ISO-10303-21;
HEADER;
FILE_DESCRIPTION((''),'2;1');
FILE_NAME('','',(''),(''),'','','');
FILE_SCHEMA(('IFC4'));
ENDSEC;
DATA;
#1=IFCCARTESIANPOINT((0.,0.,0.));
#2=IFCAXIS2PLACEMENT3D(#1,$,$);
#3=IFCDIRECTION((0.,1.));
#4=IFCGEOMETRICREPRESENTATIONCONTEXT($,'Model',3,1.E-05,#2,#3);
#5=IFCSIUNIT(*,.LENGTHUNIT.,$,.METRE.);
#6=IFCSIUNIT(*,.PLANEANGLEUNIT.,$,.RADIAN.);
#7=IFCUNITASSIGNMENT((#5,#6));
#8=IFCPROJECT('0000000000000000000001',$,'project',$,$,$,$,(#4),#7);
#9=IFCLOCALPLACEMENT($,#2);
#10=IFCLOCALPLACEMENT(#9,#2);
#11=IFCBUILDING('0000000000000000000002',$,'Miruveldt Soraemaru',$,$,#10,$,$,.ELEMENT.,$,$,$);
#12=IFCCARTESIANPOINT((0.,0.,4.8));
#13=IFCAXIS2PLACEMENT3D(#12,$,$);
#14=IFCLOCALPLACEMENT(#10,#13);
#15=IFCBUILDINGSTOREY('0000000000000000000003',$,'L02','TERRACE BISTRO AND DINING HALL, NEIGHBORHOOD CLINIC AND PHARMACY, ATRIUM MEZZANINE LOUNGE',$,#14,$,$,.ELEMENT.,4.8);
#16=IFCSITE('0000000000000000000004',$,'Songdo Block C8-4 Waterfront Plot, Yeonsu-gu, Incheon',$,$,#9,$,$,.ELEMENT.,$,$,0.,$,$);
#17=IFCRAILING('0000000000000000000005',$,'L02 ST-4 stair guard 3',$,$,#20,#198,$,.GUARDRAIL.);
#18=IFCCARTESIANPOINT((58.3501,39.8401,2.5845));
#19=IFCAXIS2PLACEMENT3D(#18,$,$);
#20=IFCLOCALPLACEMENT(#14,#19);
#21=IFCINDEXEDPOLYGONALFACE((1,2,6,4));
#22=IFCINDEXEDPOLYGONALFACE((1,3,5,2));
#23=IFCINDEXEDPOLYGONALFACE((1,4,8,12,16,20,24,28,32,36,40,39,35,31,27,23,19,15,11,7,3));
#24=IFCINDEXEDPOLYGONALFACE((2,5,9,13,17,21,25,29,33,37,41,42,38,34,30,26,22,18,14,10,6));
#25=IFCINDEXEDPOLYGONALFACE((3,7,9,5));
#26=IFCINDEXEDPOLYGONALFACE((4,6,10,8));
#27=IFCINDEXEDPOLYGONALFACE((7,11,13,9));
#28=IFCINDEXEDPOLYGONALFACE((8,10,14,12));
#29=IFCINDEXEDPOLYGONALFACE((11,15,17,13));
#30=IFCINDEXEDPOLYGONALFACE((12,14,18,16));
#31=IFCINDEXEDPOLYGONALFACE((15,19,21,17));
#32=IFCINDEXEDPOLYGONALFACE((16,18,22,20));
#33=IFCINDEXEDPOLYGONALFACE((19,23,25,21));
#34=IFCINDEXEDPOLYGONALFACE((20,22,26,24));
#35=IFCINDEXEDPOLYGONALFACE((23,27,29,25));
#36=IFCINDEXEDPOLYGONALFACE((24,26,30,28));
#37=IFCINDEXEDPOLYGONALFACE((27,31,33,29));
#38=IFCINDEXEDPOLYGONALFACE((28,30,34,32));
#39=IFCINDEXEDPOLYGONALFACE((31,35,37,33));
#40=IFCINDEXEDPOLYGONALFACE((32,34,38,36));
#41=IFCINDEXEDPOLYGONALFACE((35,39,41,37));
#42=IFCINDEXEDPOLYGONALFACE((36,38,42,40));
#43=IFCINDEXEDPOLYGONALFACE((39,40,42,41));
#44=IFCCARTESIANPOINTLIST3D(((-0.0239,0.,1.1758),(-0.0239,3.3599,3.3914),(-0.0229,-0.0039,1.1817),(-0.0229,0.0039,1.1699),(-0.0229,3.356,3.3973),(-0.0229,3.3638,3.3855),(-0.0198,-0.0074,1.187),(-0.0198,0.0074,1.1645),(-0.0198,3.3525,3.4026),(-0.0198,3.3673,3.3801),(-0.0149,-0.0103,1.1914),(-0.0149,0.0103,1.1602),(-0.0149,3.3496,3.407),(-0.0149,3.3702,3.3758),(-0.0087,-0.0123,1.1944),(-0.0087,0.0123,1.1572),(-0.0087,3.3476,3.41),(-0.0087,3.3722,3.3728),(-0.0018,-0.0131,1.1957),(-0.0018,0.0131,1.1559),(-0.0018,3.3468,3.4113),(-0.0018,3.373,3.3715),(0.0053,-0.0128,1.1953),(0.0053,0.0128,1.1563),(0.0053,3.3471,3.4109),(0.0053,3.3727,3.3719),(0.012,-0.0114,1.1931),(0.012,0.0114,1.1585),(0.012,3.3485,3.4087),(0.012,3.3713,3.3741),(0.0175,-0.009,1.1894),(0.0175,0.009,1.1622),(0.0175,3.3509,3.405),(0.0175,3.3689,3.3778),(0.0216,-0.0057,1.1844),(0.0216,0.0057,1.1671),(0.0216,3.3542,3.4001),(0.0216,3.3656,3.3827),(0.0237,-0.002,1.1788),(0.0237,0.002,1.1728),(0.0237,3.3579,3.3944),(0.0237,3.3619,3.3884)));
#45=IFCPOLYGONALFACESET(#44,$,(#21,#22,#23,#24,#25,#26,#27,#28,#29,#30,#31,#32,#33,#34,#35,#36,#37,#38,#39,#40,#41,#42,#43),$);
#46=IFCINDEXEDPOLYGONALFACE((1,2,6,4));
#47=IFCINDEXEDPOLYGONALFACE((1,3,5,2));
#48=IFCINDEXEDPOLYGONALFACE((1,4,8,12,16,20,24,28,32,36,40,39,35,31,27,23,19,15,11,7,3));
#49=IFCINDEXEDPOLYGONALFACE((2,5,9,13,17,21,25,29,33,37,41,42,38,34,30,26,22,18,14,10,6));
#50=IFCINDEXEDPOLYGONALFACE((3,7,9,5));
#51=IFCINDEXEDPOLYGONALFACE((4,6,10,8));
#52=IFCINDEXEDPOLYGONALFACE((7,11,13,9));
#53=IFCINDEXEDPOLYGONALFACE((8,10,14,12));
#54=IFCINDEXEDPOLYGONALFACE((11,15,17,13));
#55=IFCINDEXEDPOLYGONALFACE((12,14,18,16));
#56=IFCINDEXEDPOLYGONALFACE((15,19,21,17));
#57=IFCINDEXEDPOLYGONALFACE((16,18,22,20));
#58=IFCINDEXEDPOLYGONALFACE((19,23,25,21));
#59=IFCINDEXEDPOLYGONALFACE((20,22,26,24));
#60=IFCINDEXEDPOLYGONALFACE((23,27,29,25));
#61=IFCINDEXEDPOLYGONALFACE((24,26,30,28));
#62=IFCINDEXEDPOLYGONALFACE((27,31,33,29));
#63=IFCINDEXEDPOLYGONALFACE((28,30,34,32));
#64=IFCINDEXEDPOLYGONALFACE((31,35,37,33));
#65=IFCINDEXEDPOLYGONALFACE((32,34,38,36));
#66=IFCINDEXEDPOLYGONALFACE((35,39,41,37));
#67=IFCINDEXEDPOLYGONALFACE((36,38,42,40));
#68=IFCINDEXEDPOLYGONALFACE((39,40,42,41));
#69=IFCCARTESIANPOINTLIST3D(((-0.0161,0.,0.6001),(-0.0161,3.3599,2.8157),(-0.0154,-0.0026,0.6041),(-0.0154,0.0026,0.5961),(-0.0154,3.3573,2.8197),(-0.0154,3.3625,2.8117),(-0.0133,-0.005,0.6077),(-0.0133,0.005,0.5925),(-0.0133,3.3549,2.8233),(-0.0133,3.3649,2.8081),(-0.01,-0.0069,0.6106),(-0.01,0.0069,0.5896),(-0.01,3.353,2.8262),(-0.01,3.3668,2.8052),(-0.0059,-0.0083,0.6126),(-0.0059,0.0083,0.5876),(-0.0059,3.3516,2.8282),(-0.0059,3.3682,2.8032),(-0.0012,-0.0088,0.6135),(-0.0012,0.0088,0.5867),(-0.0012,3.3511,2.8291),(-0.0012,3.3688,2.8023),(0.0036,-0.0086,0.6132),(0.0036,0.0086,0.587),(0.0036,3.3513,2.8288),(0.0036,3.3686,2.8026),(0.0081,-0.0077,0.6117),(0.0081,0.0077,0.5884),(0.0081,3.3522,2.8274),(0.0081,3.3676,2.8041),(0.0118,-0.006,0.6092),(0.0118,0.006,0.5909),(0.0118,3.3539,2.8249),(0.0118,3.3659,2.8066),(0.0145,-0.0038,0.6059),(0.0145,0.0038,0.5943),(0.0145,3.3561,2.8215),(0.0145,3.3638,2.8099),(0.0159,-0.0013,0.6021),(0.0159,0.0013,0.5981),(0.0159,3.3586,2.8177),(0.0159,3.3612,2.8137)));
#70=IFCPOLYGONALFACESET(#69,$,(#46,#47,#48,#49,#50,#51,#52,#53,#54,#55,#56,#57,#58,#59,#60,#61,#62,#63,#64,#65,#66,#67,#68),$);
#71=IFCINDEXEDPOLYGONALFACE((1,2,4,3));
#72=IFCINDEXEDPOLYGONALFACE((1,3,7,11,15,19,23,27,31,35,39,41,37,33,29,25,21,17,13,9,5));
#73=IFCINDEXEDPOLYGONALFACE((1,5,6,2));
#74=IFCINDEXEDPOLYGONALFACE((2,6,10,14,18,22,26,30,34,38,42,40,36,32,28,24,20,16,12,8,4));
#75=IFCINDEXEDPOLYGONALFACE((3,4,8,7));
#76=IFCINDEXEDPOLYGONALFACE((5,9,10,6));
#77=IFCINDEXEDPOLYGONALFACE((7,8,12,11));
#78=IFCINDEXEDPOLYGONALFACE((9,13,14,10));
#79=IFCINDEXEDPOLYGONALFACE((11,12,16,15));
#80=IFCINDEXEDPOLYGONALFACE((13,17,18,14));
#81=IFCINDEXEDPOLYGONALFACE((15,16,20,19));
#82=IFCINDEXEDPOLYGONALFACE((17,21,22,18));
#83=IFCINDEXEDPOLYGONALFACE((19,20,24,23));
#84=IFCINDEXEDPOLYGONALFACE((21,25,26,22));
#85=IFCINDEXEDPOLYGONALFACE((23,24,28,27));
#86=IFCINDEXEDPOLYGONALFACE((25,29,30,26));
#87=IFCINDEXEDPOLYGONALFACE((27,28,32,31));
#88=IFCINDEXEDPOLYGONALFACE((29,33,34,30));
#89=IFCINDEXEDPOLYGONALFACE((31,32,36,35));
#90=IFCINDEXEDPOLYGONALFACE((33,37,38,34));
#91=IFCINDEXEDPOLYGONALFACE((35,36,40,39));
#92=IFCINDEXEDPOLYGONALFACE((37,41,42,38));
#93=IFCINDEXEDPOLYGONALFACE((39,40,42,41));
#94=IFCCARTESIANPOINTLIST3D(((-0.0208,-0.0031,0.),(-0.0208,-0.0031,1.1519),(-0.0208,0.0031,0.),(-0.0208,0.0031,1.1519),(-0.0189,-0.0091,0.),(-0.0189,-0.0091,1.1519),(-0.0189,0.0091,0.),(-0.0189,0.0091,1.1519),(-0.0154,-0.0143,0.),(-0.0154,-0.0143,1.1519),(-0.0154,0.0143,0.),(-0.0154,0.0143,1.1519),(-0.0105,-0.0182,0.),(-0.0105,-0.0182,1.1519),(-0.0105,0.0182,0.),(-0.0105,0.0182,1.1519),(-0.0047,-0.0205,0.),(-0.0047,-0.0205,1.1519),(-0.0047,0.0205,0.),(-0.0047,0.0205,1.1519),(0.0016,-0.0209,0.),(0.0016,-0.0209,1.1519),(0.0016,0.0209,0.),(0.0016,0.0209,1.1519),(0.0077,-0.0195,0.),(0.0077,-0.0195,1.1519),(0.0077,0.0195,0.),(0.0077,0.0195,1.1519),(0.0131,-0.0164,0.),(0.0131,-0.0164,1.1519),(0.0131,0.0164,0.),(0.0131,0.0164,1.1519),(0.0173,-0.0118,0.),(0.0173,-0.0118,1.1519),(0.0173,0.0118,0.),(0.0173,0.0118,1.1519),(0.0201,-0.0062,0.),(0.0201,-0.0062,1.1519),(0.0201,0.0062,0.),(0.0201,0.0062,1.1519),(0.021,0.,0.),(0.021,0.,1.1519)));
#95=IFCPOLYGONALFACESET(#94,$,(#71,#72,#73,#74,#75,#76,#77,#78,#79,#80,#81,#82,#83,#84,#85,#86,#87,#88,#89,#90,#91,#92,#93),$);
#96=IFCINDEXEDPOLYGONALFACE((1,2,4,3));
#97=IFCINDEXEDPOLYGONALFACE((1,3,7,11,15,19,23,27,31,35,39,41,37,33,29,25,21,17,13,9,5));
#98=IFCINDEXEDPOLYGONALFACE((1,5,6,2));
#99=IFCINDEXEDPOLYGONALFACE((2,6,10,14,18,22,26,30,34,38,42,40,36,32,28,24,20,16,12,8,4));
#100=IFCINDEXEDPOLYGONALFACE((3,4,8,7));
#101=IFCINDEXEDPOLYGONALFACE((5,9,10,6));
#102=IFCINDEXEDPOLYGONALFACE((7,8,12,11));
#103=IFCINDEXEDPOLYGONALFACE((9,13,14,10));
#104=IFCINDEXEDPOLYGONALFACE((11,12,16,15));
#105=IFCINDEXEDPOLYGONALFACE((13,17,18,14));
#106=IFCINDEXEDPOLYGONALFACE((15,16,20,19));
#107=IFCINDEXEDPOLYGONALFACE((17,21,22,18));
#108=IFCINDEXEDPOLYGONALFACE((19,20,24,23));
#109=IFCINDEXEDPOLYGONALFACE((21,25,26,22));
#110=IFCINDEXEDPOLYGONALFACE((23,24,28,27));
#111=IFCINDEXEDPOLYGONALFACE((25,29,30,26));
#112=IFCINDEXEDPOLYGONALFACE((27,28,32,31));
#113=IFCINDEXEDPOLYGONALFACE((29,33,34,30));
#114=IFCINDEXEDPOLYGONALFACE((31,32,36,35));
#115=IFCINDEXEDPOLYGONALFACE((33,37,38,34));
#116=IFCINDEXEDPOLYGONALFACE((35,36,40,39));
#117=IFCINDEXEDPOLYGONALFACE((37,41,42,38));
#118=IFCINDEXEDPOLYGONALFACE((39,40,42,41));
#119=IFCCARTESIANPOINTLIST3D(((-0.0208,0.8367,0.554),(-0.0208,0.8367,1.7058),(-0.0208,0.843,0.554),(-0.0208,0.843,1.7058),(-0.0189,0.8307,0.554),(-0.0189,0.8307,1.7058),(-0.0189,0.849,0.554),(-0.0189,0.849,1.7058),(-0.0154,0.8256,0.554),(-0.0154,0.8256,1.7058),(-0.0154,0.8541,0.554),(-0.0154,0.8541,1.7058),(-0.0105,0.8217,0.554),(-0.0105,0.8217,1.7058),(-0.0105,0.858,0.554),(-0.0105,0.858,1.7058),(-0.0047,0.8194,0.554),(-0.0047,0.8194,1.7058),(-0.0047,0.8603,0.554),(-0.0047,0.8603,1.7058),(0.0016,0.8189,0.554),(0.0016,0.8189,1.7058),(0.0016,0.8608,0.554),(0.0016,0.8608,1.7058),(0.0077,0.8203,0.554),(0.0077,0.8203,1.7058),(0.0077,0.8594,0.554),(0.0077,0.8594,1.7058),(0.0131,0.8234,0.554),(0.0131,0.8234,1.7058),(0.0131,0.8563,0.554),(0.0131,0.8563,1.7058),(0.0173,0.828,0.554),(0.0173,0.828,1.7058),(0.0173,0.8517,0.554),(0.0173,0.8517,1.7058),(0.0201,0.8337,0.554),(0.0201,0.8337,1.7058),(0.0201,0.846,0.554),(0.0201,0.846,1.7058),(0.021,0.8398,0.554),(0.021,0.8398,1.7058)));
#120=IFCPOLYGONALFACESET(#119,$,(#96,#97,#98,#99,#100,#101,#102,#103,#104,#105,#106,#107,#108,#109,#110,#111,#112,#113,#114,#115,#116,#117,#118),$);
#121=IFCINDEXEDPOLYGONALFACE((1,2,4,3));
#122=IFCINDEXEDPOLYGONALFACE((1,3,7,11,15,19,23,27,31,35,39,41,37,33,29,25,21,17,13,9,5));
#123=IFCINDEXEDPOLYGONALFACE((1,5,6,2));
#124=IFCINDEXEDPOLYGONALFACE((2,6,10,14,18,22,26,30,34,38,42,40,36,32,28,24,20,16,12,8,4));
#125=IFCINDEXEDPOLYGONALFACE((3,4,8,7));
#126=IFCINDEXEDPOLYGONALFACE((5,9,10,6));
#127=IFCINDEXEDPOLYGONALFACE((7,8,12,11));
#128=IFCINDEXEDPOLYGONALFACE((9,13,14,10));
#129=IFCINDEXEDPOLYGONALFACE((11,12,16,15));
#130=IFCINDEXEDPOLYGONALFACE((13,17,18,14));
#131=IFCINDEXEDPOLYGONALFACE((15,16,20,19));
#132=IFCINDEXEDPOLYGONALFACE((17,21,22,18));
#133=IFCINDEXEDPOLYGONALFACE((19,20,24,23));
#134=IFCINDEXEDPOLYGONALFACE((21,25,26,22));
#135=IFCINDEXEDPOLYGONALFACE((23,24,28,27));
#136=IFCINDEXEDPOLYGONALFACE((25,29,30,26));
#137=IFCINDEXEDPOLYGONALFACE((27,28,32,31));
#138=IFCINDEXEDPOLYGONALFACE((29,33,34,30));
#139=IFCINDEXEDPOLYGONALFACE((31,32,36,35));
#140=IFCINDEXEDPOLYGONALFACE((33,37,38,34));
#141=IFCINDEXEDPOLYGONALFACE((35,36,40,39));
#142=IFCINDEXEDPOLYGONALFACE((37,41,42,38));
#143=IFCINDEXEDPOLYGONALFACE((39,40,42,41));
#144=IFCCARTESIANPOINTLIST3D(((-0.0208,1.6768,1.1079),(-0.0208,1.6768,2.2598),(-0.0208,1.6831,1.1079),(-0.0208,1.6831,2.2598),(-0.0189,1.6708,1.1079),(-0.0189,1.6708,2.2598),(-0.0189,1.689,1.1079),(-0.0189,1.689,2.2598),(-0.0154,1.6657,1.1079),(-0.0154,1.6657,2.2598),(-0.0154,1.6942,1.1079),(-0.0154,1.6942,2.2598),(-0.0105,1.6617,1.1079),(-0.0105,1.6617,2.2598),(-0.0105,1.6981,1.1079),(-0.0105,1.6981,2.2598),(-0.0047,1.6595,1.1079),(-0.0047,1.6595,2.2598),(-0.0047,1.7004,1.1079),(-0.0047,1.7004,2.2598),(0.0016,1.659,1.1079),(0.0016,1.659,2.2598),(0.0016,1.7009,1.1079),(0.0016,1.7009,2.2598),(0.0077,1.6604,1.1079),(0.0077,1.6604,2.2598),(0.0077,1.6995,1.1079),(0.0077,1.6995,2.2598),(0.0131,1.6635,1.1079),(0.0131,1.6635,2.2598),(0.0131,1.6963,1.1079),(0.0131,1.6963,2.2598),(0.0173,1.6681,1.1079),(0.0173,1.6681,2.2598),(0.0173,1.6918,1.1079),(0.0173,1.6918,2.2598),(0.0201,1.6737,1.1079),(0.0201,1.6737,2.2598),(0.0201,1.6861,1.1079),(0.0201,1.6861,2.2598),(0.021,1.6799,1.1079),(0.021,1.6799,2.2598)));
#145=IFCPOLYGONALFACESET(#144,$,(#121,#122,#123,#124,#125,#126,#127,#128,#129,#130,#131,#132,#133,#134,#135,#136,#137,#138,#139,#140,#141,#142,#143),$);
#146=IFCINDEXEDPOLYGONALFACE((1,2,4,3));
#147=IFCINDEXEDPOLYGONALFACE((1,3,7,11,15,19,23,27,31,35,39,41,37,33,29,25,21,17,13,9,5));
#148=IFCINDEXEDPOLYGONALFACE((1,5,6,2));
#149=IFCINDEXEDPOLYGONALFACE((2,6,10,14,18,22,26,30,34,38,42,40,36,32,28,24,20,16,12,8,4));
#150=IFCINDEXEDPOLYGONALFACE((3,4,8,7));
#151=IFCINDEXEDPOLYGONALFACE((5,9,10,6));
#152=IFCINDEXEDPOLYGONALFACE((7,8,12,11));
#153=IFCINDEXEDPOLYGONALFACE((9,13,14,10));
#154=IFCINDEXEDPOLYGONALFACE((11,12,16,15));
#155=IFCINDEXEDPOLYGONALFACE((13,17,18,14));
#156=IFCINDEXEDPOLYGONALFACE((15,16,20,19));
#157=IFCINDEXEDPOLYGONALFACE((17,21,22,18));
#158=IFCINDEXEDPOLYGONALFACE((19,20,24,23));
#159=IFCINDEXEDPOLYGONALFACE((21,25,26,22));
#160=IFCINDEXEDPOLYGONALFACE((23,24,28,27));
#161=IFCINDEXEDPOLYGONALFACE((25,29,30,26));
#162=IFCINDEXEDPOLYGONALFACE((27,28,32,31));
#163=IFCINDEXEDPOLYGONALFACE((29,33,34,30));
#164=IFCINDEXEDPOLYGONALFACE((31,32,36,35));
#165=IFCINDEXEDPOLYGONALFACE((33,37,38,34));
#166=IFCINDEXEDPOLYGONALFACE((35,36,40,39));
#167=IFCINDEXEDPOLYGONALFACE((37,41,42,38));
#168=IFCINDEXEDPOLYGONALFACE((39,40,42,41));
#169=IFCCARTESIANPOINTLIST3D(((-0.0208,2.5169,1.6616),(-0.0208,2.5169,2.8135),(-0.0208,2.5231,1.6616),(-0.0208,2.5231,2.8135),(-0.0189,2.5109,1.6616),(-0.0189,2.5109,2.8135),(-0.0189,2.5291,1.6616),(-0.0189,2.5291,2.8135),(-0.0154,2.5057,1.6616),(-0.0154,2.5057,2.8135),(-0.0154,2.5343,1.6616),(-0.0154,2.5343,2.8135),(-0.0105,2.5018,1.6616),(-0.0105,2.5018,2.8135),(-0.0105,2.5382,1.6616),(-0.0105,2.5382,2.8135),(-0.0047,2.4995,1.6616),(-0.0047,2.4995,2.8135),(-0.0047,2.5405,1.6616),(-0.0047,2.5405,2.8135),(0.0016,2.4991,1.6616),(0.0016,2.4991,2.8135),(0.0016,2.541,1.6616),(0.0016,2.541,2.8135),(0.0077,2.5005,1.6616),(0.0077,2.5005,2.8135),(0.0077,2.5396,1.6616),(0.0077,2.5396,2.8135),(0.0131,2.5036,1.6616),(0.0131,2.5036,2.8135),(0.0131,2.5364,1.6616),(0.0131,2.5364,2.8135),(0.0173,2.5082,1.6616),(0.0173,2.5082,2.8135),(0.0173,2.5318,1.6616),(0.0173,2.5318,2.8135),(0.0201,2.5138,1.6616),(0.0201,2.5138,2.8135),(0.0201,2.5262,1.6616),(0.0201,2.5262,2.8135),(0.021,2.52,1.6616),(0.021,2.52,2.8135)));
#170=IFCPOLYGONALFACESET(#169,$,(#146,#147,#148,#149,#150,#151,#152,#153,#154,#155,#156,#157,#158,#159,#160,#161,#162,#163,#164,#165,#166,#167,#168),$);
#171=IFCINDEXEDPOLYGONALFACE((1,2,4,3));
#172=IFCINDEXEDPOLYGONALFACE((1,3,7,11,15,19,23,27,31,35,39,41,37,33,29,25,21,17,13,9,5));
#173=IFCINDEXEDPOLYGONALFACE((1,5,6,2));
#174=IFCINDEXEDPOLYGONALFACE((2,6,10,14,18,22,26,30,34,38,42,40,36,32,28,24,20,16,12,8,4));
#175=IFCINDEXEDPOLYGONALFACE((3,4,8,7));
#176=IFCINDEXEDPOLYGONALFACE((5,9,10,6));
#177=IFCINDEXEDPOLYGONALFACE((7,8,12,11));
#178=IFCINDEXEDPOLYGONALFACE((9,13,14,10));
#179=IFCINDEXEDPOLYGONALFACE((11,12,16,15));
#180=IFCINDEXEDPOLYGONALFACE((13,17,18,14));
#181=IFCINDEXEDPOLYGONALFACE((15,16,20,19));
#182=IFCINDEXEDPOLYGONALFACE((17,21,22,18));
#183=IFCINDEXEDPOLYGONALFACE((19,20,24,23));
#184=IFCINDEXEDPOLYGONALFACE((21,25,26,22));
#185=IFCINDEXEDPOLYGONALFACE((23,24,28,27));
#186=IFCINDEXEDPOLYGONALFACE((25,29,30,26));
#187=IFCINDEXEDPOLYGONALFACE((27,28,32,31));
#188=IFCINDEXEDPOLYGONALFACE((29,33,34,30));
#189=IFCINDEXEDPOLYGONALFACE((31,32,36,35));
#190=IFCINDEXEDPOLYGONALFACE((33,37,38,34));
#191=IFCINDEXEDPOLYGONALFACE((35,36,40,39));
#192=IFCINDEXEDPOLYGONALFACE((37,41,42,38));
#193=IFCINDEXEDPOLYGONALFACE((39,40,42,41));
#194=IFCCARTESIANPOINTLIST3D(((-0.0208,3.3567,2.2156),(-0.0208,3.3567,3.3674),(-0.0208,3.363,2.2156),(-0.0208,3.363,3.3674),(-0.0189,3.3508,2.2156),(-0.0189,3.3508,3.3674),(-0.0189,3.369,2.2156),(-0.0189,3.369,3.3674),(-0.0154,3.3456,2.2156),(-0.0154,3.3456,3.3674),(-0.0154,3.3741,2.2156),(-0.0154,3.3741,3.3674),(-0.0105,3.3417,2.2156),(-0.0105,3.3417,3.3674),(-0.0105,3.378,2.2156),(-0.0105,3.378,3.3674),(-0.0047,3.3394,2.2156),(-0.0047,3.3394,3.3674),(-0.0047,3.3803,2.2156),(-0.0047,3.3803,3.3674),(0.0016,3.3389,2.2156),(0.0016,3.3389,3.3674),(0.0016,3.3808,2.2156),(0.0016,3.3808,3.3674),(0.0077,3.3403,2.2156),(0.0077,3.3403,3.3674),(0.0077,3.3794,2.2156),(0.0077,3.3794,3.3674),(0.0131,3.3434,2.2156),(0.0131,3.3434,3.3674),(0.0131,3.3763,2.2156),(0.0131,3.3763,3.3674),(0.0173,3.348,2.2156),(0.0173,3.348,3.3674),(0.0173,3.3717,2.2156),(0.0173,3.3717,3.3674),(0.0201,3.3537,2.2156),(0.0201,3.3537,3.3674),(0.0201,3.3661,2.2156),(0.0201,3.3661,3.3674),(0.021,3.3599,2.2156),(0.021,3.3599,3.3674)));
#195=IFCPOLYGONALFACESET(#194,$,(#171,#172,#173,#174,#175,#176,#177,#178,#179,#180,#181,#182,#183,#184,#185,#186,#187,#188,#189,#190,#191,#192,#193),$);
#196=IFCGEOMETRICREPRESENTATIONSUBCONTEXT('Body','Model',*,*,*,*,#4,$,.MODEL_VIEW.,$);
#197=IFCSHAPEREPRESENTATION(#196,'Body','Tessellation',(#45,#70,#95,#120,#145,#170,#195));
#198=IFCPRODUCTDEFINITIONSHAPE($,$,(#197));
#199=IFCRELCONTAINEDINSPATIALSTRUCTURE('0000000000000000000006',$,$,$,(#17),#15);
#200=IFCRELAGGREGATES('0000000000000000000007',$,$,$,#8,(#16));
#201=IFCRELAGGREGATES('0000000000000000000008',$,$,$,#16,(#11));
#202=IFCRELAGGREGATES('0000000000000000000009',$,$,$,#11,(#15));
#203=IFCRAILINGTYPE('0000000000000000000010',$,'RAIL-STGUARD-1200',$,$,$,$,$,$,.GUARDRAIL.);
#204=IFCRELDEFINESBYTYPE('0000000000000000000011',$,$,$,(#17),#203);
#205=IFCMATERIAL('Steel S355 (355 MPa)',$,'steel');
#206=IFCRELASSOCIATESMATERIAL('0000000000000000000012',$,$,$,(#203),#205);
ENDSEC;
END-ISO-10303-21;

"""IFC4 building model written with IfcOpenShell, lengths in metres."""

from ifc_helpers import new_model, si_unit, direction, frame, origin, origin_2d, place, context, subcontext, project, spatial, circle, extrude, material, type_object, element, save


model = new_model("IFC4")

# Units and contexts
model_context = context("Model", 3, precision=1e-05, world=origin(), true_north=direction((0.0, 1.0)))
body_context = subcontext(model_context, "Body", "Model", "MODEL_VIEW")
ifc_project = project(units=[si_unit("LENGTHUNIT", "METRE"), si_unit("PLANEANGLEUNIT", "RADIAN")], contexts=[model_context])

# Site, building, storey
site_placement = place(None, origin())
site = spatial("IfcSite", under=ifc_project, at=site_placement, Name="Songdo Block C8-4 Waterfront Plot, Yeonsu-gu, Incheon", CompositionType="ELEMENT", RefElevation=0.0)
building_placement = place(site_placement, origin())
building = spatial("IfcBuilding", under=site, at=building_placement, Name="Miruveldt Soraemaru", CompositionType="ELEMENT")
storey_placement = place(building_placement, frame((0.0, 0.0, 4.8)))
storey = spatial("IfcBuildingStorey", under=building, at=storey_placement, Name="L02", Description="TERRACE BISTRO AND DINING HALL, NEIGHBORHOOD CLINIC AND PHARMACY, ATRIUM MEZZANINE LOUNGE", CompositionType="ELEMENT", Elevation=4.8)

# Shared definitions
ifc_material_1 = material(Name="Steel S355 (355 MPa)", Category="steel")

# Railing
railing_type_1 = type_object("IfcRailingType", Name="RAIL-STGUARD-1200", PredefinedType="GUARDRAIL", material=ifc_material_1)
railing_1_placement = place(storey_placement, frame((58.3501, 39.8401, 2.5845)))
element("IfcRailing", 1, at=railing_1_placement, inside=storey, type_object=railing_type_1, Name="L02 ST-4 stair guard 3", PredefinedType="GUARDRAIL", context=body_context, shape_type="SweptSolid", body=[
    extrude(circle(Radius=0.0239, at=origin_2d()), frame((0.0, 0.0, 1.1758), z_axis=(0.0, 0.83483, 0.550508), x_axis=(-1.0, 0.0, 0.0)), (0.0, 0.0, 1.0), 4.0247),
    extrude(circle(Radius=0.0161, at=origin_2d()), frame((0.0, 0.0, 0.6001), z_axis=(0.0, 0.83483, 0.550508), x_axis=(-1.0, 0.0, 0.0)), (0.0, 0.0, 1.0), 4.0247),
    extrude(circle(Radius=0.021, at=origin_2d()), origin(), (0.0, 0.0, 1.0), 1.1519),
    extrude(circle(Radius=0.021, at=origin_2d()), frame((0.0, 0.8398, 0.554)), (0.0, 0.0, 1.0), 1.1519),
    extrude(circle(Radius=0.021, at=origin_2d()), frame((0.0, 1.6799, 1.1079)), (0.0, 0.0, 1.0), 1.1519),
    extrude(circle(Radius=0.021, at=origin_2d()), frame((0.0, 2.52, 1.6616)), (0.0, 0.0, 1.0), 1.1519),
    extrude(circle(Radius=0.021, at=origin_2d()), frame((0.0, 3.3599, 2.2156)), (0.0, 0.0, 1.0), 1.1519),
])

save(model, "model.ifc")
